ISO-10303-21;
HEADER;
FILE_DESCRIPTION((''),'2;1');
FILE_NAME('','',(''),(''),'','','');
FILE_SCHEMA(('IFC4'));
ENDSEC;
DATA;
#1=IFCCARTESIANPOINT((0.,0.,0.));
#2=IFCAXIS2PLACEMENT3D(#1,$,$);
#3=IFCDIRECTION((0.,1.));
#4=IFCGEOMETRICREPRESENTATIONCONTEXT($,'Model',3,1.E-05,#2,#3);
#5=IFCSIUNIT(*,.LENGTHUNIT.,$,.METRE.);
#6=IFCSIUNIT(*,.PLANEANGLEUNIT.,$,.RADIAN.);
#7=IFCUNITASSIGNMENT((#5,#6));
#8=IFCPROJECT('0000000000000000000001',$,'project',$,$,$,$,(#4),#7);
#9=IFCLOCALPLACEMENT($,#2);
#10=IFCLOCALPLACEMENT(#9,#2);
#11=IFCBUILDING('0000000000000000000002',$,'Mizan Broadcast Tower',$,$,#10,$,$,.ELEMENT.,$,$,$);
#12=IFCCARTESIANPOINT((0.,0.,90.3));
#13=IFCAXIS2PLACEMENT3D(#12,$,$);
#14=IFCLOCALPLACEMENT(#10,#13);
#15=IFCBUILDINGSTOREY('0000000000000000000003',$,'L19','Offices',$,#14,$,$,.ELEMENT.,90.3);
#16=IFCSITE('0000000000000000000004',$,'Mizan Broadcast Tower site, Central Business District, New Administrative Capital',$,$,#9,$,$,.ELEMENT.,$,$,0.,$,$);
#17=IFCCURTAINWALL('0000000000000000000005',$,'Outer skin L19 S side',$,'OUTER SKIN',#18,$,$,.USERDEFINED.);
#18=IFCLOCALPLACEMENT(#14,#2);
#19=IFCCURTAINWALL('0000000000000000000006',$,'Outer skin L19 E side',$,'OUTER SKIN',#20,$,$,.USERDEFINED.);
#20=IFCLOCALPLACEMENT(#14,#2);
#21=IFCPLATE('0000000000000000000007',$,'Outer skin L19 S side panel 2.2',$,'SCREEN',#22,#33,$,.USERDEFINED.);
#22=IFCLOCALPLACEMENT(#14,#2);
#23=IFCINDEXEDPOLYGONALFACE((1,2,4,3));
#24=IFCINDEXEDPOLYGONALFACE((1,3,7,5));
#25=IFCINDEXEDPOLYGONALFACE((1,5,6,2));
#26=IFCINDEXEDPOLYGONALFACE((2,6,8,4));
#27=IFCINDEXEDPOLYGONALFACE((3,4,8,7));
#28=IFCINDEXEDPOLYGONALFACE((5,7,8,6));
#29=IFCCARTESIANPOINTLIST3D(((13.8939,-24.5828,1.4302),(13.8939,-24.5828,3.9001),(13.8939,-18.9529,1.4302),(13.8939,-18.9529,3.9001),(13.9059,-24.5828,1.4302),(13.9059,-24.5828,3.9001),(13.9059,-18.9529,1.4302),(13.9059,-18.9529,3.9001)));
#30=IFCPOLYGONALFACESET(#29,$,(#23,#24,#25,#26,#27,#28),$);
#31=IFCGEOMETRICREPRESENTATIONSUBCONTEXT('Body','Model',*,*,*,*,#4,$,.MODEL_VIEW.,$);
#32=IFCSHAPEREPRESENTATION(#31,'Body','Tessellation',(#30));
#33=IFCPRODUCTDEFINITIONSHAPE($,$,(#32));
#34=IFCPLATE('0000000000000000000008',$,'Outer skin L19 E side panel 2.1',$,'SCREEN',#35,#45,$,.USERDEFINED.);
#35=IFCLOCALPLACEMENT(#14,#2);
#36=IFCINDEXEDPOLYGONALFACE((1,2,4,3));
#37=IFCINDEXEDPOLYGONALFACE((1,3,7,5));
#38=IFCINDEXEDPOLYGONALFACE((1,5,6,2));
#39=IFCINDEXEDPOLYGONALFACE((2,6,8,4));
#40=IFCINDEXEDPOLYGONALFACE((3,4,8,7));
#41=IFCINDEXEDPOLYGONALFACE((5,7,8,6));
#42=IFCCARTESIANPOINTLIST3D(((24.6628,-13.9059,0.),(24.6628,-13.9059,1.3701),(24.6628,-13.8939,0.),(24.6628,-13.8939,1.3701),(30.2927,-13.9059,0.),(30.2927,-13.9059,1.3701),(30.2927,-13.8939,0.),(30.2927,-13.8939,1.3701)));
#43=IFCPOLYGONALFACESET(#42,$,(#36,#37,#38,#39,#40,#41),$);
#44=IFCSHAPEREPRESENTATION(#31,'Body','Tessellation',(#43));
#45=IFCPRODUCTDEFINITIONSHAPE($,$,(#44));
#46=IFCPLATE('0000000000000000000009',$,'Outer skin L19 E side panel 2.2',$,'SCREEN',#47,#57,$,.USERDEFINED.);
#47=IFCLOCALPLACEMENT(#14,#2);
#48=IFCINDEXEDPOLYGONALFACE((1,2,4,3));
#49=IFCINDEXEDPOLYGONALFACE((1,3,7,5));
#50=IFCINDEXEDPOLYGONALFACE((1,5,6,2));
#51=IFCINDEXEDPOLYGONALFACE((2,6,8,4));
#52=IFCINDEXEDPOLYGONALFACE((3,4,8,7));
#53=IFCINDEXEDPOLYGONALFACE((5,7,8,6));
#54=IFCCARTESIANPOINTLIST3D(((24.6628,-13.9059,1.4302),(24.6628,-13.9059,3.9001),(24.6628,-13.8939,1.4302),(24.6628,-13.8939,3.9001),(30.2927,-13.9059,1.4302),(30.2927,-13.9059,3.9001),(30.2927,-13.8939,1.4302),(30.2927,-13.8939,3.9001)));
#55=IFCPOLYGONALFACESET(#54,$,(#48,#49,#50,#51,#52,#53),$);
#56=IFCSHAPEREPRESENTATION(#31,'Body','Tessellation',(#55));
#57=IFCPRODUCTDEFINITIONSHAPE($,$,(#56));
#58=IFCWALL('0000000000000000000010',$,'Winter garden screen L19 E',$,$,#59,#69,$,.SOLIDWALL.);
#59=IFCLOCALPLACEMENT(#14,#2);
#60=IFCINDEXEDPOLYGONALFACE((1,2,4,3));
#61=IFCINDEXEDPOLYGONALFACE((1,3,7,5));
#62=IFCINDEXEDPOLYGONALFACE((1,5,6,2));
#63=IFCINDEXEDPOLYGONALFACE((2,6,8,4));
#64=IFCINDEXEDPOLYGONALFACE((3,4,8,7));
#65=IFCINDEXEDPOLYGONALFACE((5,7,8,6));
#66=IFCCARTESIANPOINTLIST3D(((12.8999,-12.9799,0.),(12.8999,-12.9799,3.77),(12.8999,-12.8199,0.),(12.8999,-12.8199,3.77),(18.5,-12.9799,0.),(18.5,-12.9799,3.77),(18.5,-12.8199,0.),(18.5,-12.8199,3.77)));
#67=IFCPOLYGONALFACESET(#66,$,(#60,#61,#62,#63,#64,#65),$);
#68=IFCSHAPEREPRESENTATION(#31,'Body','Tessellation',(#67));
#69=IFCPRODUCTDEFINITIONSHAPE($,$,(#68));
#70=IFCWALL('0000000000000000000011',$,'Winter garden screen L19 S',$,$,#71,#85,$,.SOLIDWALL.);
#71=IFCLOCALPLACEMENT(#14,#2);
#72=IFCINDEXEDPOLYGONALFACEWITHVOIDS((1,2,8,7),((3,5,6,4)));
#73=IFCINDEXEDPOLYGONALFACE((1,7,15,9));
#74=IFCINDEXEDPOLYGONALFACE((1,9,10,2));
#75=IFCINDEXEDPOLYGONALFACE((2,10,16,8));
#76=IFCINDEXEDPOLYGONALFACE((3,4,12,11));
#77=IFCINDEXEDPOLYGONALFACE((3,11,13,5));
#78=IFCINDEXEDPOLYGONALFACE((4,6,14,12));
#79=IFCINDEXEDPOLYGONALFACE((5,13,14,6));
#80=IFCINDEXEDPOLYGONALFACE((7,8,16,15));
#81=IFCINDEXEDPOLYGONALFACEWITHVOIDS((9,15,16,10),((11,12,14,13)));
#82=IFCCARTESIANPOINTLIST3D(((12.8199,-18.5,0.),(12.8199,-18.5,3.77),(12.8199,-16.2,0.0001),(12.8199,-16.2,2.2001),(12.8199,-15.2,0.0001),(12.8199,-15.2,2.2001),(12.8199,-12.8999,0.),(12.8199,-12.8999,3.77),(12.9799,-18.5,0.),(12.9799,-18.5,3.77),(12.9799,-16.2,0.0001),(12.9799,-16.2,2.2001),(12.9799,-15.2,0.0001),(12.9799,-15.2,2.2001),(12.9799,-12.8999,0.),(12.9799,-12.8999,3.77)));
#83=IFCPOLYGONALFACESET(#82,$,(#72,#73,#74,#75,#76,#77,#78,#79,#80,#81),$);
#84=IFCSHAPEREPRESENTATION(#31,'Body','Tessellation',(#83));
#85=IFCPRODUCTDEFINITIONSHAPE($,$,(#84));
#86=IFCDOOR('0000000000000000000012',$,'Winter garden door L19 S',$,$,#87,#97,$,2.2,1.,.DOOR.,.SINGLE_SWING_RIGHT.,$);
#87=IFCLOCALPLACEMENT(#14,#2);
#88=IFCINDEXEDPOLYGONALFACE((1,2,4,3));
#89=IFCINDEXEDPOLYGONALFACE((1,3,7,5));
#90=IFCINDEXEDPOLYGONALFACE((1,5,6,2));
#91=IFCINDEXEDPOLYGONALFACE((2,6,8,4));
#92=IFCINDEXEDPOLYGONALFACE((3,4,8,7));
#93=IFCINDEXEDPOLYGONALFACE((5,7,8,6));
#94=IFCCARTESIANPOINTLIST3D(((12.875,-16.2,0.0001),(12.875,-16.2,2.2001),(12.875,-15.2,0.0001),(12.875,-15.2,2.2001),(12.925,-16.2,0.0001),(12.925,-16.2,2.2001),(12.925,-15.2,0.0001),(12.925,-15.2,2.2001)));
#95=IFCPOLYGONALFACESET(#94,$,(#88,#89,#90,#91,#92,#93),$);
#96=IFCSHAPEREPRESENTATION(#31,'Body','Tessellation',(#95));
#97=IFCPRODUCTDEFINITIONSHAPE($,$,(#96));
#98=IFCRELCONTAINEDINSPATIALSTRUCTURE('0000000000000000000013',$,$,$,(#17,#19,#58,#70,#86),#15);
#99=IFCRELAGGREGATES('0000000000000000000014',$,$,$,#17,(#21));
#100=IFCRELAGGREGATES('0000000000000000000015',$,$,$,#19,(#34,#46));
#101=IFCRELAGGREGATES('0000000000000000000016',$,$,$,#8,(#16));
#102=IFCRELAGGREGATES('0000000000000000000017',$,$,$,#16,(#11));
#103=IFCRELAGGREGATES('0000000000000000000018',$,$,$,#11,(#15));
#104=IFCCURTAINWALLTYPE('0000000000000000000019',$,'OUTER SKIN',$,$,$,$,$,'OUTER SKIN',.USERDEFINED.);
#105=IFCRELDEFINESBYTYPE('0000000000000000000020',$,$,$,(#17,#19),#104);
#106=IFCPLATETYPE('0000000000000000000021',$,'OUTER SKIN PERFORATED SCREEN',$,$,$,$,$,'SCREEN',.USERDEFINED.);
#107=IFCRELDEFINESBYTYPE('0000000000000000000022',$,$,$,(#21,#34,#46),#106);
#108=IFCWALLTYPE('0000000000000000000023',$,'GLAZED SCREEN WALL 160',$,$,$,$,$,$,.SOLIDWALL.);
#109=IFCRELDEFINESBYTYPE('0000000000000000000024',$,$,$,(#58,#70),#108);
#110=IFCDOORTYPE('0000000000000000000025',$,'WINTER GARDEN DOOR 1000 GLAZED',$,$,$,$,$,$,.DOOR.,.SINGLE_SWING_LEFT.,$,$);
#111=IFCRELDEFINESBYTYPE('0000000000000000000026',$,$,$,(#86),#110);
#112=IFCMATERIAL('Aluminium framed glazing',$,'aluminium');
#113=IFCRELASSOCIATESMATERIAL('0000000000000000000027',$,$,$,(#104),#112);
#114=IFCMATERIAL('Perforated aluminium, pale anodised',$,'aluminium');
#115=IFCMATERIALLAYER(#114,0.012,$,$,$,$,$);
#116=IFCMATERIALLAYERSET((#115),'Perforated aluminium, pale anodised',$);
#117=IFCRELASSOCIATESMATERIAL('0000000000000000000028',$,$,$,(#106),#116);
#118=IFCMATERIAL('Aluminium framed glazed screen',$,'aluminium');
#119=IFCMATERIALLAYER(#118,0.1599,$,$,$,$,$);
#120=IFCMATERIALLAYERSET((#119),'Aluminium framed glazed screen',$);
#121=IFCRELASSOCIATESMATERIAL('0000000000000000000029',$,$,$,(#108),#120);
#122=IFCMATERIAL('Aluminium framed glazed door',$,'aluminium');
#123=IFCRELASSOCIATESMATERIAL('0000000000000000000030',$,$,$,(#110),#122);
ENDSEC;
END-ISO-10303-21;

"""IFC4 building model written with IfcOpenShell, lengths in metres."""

from ifc_helpers import new_model, si_unit, direction, frame, frame_2d, origin, origin_2d, place, context, subcontext, project, spatial, rectangle, extrude, material, layer, layer_set, type_object, element, fill, aggregate, save


model = new_model("IFC4")

# Units and contexts
model_context = context("Model", 3, precision=1e-05, world=origin(), true_north=direction((0.0, 1.0)))
body_context = subcontext(model_context, "Body", "Model", "MODEL_VIEW")
ifc_project = project(units=[si_unit("LENGTHUNIT", "METRE"), si_unit("PLANEANGLEUNIT", "RADIAN")], contexts=[model_context])

# Site, building, storey
site_placement = place(None, origin())
site = spatial("IfcSite", under=ifc_project, at=site_placement, Name="Mizan Broadcast Tower site, Central Business District, New Administrative Capital", CompositionType="ELEMENT", RefElevation=0.0)
building_placement = place(site_placement, origin())
building = spatial("IfcBuilding", under=site, at=building_placement, Name="Mizan Broadcast Tower", CompositionType="ELEMENT")
storey_placement = place(building_placement, frame((0.0, 0.0, 90.3)))
storey = spatial("IfcBuildingStorey", under=building, at=storey_placement, Name="L19", Description="Offices", CompositionType="ELEMENT", Elevation=90.3)

# Shared definitions
ifc_material_1 = material(Name="Aluminium framed glazing", Category="aluminium")
curtain_wall_type_1 = type_object("IfcCurtainWallType", Name="OUTER SKIN", ElementType="OUTER SKIN", PredefinedType="USERDEFINED", material=ifc_material_1)

# Curtain wall
curtain_wall_1_placement = place(storey_placement, origin())
curtain_wall_1 = element("IfcCurtainWall", 1, at=curtain_wall_1_placement, inside=storey, type_object=curtain_wall_type_1, Name="Outer skin L19 S side", ObjectType="OUTER SKIN", PredefinedType="USERDEFINED")

# Curtain wall
curtain_wall_2_placement = place(storey_placement, origin())
curtain_wall_2 = element("IfcCurtainWall", 2, at=curtain_wall_2_placement, inside=storey, type_object=curtain_wall_type_1, Name="Outer skin L19 E side", ObjectType="OUTER SKIN", PredefinedType="USERDEFINED")

# Plates
ifc_material_2 = material(Name="Perforated aluminium, pale anodised", Category="aluminium")
ifc_layer_1 = layer(ifc_material_2, 0.012)
ifc_layer_set_1 = layer_set([ifc_layer_1], Name="Perforated aluminium, pale anodised")
plate_type_1 = type_object("IfcPlateType", Name="OUTER SKIN PERFORATED SCREEN", ElementType="SCREEN", PredefinedType="USERDEFINED", material=ifc_layer_set_1)
plate_1_placement = place(storey_placement, frame((13.8999, -21.7678, 1.4302), z_axis=(0.0, 0.0, 1.0), x_axis=(0.0, 1.0, 0.0)))
plate_1 = element("IfcPlate", 3, at=plate_1_placement, type_object=plate_type_1, Name="Outer skin L19 S side panel 2.2", ObjectType="SCREEN", PredefinedType="USERDEFINED", context=body_context, shape_type="SweptSolid", body=[
    extrude(rectangle(XDim=5.6299, YDim=0.012, at=origin_2d()), origin(), (0.0, 0.0, 1.0), 2.47),
])
aggregate(curtain_wall_1, [plate_1])
plate_2_placement = place(storey_placement, frame((27.4778, -13.8999, 0.0), z_axis=(0.0, 0.0, 1.0), x_axis=(1.0, 0.0, 0.0)))
plate_2 = element("IfcPlate", 4, at=plate_2_placement, type_object=plate_type_1, Name="Outer skin L19 E side panel 2.1", ObjectType="SCREEN", PredefinedType="USERDEFINED", context=body_context, shape_type="SweptSolid", body=[
    extrude(rectangle(XDim=5.6299, YDim=0.012, at=origin_2d()), origin(), (0.0, 0.0, 1.0), 1.3701),
])
plate_3_placement = place(storey_placement, frame((27.4778, -13.8999, 1.4302), z_axis=(0.0, 0.0, 1.0), x_axis=(1.0, 0.0, 0.0)))
plate_3 = element("IfcPlate", 5, at=plate_3_placement, type_object=plate_type_1, Name="Outer skin L19 E side panel 2.2", ObjectType="SCREEN", PredefinedType="USERDEFINED", context=body_context, shape_type="SweptSolid", body=[
    extrude(rectangle(XDim=5.6299, YDim=0.012, at=origin_2d()), origin(), (0.0, 0.0, 1.0), 2.47),
])
aggregate(curtain_wall_2, [plate_2, plate_3])

# Wall
ifc_material_3 = material(Name="Aluminium framed glazed screen", Category="aluminium")
ifc_layer_2 = layer(ifc_material_3, 0.1599)
ifc_layer_set_2 = layer_set([ifc_layer_2], Name="Aluminium framed glazed screen")
wall_type = type_object("IfcWallType", Name="GLAZED SCREEN WALL 160", PredefinedType="SOLIDWALL", material=ifc_layer_set_2)
wall_1_placement = place(storey_placement, frame((12.8999, -12.8999, 0.0), z_axis=(0.0, 0.0, 1.0), x_axis=(1.0, 0.0, 0.0)))
element("IfcWall", 6, at=wall_1_placement, inside=storey, type_object=wall_type, Name="Winter garden screen L19 E", PredefinedType="SOLIDWALL", context=body_context, shape_type="SweptSolid", body=[
    extrude(rectangle(XDim=5.6001, YDim=0.1599, at=frame_2d((2.8, 0.0))), origin(), (0.0, 0.0, 1.0), 3.77),
])

# Wall, opening, door
wall_2_placement = place(storey_placement, frame((12.8999, -18.5, 0.0), z_axis=(0.0, 0.0, 1.0), x_axis=(0.0, 1.0, 0.0)))
wall_2 = element("IfcWall", 7, at=wall_2_placement, inside=storey, type_object=wall_type, Name="Winter garden screen L19 S", PredefinedType="SOLIDWALL", context=body_context, shape_type="SweptSolid", body=[
    extrude(rectangle(XDim=5.6001, YDim=0.1599, at=frame_2d((2.8, 0.0))), origin(), (0.0, 0.0, 1.0), 3.77),
])
opening_placement = place(wall_2_placement, frame((2.3, 0.0, 0.0)))
opening = element("IfcOpeningElement", 8, at=opening_placement, cuts=wall_2, PredefinedType="OPENING", context=body_context, shape_type="SweptSolid", body=[
    extrude(rectangle(XDim=1.0, YDim=2.2, at=frame_2d((0.5, 1.1001))), frame((0.0, 0.0898, 0.0), z_axis=(0.0, -1.0, 0.0), x_axis=(1.0, 0.0, 0.0)), (0.0, 0.0, 1.0), 0.1799),
])
ifc_material_4 = material(Name="Aluminium framed glazed door", Category="aluminium")
door_type = type_object("IfcDoorType", Name="WINTER GARDEN DOOR 1000 GLAZED", OperationType="SINGLE_SWING_LEFT", PredefinedType="DOOR", material=ifc_material_4)
door_placement = place(opening_placement, origin())
door = element("IfcDoor", 9, at=door_placement, inside=storey, type_object=door_type, Name="Winter garden door L19 S", OperationType="SINGLE_SWING_RIGHT", OverallHeight=2.2, OverallWidth=1.0, PredefinedType="DOOR", context=body_context, shape_type="SweptSolid", body=[
    extrude(rectangle(XDim=1.0, YDim=2.2, at=frame_2d((0.5, 1.1001))), frame((0.0, 0.0249, 0.0), z_axis=(0.0, -1.0, 0.0), x_axis=(1.0, 0.0, 0.0)), (0.0, 0.0, 1.0), 0.05),
])
fill(opening, door)

save(model, "model.ifc")
